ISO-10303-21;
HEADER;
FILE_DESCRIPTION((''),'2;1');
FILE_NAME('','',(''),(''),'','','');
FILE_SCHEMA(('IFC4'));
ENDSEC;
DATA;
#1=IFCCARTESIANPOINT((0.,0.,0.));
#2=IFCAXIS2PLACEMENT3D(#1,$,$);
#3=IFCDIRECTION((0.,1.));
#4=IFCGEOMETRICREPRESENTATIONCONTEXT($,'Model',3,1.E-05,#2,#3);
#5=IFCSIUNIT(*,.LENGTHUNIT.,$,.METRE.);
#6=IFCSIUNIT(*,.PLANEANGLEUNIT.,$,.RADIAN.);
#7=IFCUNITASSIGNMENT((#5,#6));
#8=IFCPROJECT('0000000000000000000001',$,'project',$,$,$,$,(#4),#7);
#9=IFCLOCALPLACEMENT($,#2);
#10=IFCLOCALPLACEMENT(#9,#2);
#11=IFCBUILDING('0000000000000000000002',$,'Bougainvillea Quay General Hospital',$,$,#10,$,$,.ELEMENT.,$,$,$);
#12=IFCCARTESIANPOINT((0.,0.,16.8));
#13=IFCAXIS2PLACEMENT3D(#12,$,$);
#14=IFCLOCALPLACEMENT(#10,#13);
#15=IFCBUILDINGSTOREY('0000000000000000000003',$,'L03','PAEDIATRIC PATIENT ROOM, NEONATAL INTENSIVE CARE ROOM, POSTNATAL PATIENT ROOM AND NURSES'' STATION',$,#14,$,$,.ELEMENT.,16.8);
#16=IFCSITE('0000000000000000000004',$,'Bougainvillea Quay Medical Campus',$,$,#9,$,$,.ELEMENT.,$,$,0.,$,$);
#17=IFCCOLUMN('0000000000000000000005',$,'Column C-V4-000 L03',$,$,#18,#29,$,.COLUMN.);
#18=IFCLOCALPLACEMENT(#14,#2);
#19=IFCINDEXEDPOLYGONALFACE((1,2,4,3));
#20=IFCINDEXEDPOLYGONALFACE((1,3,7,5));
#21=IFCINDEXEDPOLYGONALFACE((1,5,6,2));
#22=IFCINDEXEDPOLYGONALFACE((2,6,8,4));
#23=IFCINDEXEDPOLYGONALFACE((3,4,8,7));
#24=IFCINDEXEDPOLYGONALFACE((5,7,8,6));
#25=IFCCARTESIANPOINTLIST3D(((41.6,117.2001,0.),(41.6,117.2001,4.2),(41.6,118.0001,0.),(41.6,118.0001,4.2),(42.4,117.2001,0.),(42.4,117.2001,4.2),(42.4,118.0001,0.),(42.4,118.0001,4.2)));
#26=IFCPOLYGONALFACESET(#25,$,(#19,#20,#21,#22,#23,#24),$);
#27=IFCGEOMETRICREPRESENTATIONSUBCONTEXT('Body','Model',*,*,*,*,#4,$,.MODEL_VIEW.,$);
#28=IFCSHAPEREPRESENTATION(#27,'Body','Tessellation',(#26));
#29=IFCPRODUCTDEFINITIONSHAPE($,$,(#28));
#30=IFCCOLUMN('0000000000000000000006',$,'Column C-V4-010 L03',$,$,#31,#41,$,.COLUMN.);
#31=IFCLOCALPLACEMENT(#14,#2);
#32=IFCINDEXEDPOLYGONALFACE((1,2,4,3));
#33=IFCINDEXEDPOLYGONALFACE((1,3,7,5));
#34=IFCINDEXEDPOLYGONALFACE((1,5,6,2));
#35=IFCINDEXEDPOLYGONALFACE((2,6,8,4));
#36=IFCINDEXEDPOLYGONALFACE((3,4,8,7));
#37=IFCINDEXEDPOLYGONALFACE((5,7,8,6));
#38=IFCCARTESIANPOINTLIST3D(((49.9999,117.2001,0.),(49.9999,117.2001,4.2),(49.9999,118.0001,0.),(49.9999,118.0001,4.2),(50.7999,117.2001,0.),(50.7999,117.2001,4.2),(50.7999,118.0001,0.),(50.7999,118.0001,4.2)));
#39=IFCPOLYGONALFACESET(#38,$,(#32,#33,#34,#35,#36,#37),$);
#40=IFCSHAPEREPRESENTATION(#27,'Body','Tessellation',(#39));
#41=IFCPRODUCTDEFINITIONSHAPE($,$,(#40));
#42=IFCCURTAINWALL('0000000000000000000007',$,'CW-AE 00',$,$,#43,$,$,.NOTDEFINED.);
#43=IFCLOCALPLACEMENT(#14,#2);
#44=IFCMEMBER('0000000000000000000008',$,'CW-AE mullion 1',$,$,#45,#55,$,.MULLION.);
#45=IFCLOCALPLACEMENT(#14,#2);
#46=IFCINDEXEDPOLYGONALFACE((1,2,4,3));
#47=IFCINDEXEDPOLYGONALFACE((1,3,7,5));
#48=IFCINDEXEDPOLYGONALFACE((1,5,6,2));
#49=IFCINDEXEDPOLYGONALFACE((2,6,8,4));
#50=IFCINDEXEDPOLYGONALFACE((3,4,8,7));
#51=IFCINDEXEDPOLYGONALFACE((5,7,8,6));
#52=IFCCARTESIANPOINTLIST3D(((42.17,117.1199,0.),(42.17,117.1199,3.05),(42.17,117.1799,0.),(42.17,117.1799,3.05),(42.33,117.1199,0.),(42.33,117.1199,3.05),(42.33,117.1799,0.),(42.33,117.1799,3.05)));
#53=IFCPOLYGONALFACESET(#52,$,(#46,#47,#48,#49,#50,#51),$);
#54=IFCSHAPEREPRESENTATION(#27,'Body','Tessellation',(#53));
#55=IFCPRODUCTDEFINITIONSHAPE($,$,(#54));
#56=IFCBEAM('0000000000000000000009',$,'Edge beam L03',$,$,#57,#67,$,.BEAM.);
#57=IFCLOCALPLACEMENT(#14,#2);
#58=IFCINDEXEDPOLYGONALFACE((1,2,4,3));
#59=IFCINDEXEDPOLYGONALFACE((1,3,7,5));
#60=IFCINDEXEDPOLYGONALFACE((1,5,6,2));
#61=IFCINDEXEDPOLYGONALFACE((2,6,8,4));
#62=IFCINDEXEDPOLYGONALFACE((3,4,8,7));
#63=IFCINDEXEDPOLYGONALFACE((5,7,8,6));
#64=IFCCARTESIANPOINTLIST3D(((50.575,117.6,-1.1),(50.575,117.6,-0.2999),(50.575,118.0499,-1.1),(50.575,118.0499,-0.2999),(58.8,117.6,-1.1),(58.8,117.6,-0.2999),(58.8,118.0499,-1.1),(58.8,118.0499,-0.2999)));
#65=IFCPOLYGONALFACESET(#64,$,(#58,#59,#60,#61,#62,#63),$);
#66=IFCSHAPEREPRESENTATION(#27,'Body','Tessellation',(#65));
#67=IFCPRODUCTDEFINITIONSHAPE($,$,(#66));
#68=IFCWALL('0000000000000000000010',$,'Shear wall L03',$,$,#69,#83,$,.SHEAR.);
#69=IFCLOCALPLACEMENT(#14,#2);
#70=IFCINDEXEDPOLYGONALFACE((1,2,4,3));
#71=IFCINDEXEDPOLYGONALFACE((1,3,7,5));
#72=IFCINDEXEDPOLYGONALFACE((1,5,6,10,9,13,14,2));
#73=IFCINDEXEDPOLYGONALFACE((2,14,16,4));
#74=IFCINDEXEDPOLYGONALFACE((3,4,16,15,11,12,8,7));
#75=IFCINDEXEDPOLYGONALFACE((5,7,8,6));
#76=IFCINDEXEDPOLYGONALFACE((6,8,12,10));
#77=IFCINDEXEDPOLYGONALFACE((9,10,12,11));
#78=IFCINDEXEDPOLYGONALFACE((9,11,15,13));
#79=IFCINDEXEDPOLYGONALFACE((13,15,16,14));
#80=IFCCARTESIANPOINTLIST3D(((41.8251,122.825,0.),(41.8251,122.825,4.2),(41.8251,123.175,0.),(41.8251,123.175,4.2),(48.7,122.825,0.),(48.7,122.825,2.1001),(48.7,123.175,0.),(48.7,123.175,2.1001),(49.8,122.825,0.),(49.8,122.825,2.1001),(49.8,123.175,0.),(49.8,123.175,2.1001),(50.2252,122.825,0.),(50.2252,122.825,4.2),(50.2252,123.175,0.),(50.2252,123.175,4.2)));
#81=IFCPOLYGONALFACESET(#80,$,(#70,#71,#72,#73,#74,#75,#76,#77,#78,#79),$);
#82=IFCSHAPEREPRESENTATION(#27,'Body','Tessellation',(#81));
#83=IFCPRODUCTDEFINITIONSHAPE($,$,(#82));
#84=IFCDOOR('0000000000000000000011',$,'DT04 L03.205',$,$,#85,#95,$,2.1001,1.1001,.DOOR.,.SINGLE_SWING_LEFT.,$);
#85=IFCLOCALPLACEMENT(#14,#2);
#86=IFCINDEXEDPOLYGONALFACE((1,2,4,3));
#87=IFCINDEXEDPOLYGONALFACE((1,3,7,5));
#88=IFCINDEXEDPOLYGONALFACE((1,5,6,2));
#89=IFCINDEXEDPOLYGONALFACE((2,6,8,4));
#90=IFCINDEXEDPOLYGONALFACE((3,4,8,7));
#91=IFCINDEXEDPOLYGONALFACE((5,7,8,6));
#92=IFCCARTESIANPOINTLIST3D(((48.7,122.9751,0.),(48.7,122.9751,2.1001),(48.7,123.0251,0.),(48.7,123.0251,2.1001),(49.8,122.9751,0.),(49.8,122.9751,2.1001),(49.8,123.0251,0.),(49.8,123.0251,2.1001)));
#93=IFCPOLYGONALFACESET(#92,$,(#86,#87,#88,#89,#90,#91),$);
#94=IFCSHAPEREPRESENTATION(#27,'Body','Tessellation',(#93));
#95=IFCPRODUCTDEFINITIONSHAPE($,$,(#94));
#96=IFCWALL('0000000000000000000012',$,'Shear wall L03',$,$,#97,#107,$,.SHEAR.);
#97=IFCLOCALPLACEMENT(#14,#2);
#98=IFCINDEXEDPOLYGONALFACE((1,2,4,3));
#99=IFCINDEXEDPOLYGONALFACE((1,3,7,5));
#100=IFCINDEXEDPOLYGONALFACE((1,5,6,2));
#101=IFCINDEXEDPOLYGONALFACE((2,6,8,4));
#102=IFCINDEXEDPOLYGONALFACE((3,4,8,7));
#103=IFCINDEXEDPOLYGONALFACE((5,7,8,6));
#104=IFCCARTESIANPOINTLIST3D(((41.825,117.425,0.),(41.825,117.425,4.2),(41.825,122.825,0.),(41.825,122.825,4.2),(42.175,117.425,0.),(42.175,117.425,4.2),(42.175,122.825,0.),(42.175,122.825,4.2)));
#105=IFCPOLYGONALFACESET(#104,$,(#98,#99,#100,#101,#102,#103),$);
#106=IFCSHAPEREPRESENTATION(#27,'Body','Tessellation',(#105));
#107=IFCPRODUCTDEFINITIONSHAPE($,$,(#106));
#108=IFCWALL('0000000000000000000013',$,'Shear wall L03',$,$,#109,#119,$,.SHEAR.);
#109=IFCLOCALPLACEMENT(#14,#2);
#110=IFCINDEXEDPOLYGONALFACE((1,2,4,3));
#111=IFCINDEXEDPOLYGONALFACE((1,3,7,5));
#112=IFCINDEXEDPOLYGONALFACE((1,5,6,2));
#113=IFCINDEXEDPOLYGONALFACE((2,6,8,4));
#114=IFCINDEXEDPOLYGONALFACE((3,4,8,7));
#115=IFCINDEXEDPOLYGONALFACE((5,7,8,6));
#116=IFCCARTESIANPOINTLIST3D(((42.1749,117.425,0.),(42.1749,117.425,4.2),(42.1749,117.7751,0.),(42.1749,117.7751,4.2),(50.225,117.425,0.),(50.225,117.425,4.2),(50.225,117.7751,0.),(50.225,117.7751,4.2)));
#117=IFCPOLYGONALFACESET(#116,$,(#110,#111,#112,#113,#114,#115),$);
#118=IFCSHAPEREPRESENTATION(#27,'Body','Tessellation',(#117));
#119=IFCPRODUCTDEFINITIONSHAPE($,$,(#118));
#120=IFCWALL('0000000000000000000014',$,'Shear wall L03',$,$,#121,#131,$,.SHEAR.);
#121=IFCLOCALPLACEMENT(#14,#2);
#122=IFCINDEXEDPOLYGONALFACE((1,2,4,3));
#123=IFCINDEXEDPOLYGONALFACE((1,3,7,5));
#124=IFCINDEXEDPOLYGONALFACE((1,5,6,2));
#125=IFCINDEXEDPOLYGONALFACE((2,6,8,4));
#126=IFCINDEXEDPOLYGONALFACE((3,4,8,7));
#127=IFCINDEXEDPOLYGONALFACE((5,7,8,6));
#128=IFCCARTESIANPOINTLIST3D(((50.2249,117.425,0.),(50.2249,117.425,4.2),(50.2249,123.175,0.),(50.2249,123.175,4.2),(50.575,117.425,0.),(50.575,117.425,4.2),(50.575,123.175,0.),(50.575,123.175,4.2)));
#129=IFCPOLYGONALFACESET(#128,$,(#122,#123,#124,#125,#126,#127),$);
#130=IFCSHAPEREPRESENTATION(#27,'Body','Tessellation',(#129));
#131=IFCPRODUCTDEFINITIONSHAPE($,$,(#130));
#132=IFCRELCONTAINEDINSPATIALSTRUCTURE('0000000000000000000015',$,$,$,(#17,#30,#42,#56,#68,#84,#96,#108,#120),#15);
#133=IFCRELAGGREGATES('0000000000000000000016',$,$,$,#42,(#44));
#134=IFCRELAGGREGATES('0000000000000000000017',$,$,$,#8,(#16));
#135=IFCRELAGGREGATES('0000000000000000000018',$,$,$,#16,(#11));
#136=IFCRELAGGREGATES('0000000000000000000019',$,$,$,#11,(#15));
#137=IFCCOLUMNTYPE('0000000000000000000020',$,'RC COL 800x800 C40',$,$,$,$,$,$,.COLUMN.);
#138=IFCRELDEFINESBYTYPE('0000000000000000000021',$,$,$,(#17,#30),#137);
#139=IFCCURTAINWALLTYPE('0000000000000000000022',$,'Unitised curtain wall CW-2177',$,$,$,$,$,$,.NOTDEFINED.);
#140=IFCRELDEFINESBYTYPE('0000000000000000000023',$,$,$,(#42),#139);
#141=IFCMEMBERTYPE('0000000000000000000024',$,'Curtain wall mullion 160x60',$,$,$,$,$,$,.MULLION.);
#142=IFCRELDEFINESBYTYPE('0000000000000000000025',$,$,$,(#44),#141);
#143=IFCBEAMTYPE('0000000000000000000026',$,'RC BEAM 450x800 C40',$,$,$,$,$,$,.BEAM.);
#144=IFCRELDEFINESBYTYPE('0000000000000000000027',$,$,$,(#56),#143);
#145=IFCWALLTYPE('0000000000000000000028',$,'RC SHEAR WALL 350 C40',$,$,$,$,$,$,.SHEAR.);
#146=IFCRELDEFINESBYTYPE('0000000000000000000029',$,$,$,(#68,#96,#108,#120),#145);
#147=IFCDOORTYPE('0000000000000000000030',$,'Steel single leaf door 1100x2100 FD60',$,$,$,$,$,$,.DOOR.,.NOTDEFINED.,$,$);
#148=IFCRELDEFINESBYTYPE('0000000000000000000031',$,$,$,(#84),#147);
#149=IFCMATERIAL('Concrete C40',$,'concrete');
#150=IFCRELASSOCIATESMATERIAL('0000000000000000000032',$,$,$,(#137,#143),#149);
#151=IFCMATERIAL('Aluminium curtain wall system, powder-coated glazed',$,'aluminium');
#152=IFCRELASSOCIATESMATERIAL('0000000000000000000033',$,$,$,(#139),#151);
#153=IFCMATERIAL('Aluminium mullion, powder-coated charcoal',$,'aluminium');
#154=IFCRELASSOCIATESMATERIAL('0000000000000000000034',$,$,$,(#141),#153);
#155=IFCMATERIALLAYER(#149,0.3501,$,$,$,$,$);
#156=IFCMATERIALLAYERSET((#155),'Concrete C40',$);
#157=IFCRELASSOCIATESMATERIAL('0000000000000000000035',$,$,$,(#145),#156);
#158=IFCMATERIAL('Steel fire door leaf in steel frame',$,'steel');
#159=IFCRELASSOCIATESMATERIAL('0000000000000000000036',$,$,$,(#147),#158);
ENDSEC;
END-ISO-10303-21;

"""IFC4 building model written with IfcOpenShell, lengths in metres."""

from ifc_helpers import new_model, si_unit, direction, frame, frame_2d, origin, origin_2d, place, context, subcontext, project, spatial, rectangle, extrude, material, layer, layer_set, material_profile, profile_set, type_object, element, fill, aggregate, save


model = new_model("IFC4")

# Units and contexts
model_context = context("Model", 3, precision=1e-05, world=origin(), true_north=direction((0.0, 1.0)))
body_context = subcontext(model_context, "Body", "Model", "MODEL_VIEW")
ifc_project = project(units=[si_unit("LENGTHUNIT", "METRE"), si_unit("PLANEANGLEUNIT", "RADIAN")], contexts=[model_context])

# Site, building, storey
site_placement = place(None, origin())
site = spatial("IfcSite", under=ifc_project, at=site_placement, Name="Bougainvillea Quay Medical Campus", CompositionType="ELEMENT", RefElevation=0.0)
building_placement = place(site_placement, origin())
building = spatial("IfcBuilding", under=site, at=building_placement, Name="Bougainvillea Quay General Hospital", CompositionType="ELEMENT")
storey_placement = place(building_placement, frame((0.0, 0.0, 16.8)))
storey = spatial("IfcBuildingStorey", under=building, at=storey_placement, Name="L03", Description="PAEDIATRIC PATIENT ROOM, NEONATAL INTENSIVE CARE ROOM, POSTNATAL PATIENT ROOM AND NURSES' STATION", CompositionType="ELEMENT", Elevation=16.8)

# Columns
ifc_material_1 = material(Name="Concrete C40", Category="concrete")
ifc_material_profile_1 = material_profile(ifc_material_1, rectangle(XDim=0.8, YDim=0.8, at=origin_2d()))
ifc_profile_set_1 = profile_set([ifc_material_profile_1], Name="Concrete C40")
column_type = type_object("IfcColumnType", Name="RC COL 800x800 C40", PredefinedType="COLUMN", material=ifc_profile_set_1)
for number, where, z_axis, x_axis, name in (
    (1, (42.0, 117.6001, 0.0), (0.0, 0.0, 1.0), (1.0, 0.0, 0.0), "Column C-V4-000 L03"),
    (2, (50.3999, 117.6001, 0.0), (0.0, 0.0, 1.0), (1.0, 0.0, 0.0), "Column C-V4-010 L03"),
):
    element("IfcColumn", number, at=place(storey_placement, frame(where, z_axis=z_axis, x_axis=x_axis)), inside=storey, type_object=column_type, Name=name, PredefinedType="COLUMN", context=body_context, shape_type="SweptSolid", body=[
        extrude(rectangle(XDim=0.8, YDim=0.8, at=origin_2d()), origin(), (0.0, 0.0, 1.0), 4.2),
    ])

# Curtain wall, member
ifc_material_2 = material(Name="Aluminium curtain wall system, powder-coated glazed", Category="aluminium")
curtain_wall_type = type_object("IfcCurtainWallType", Name="Unitised curtain wall CW-2177", PredefinedType="NOTDEFINED", material=ifc_material_2)
curtain_wall_placement = place(storey_placement, origin())
curtain_wall = element("IfcCurtainWall", 3, at=curtain_wall_placement, inside=storey, type_object=curtain_wall_type, Name="CW-AE 00", PredefinedType="NOTDEFINED")
ifc_material_3 = material(Name="Aluminium mullion, powder-coated charcoal", Category="aluminium")
ifc_material_profile_2 = material_profile(ifc_material_3, rectangle(XDim=0.1599, YDim=0.0601, at=origin_2d()))
ifc_profile_set_2 = profile_set([ifc_material_profile_2], Name="Aluminium mullion, powder-coated charcoal")
member_type = type_object("IfcMemberType", Name="Curtain wall mullion 160x60", PredefinedType="MULLION", material=ifc_profile_set_2)
member_placement = place(storey_placement, frame((42.25, 117.1499, 0.0), z_axis=(0.0, 0.0, 1.0), x_axis=(1.0, 0.0, 0.0)))
member = element("IfcMember", 4, at=member_placement, type_object=member_type, Name="CW-AE mullion 1", PredefinedType="MULLION", context=body_context, shape_type="SweptSolid", body=[
    extrude(rectangle(XDim=0.1599, YDim=0.0601, at=origin_2d()), origin(), (0.0, 0.0, 1.0), 3.05),
])
aggregate(curtain_wall, [member])

# Beam
ifc_material_profile_3 = material_profile(ifc_material_1, rectangle(XDim=0.45, YDim=0.8, at=origin_2d()))
ifc_profile_set_3 = profile_set([ifc_material_profile_3], Name="Concrete C40")
beam_type = type_object("IfcBeamType", Name="RC BEAM 450x800 C40", PredefinedType="BEAM", material=ifc_profile_set_3)
beam_placement = place(storey_placement, frame((50.575, 117.825, -0.7), z_axis=(1.0, 0.0, 0.0), x_axis=(0.0, 1.0, 0.0)))
element("IfcBeam", 5, at=beam_placement, inside=storey, type_object=beam_type, Name="Edge beam L03", PredefinedType="BEAM", context=body_context, shape_type="SweptSolid", body=[
    extrude(rectangle(XDim=0.45, YDim=0.8, at=origin_2d()), origin(), (0.0, 0.0, 1.0), 8.2251),
])

# Wall, opening, door
ifc_layer_1 = layer(ifc_material_1, 0.3501)
ifc_layer_set_1 = layer_set([ifc_layer_1], Name="Concrete C40")
wall_type = type_object("IfcWallType", Name="RC SHEAR WALL 350 C40", PredefinedType="SHEAR", material=ifc_layer_set_1)
wall_1_placement = place(storey_placement, frame((41.825, 123.0, 0.0), z_axis=(0.0, 0.0, 1.0), x_axis=(1.0, 0.0, 0.0)))
wall_1 = element("IfcWall", 6, at=wall_1_placement, inside=storey, type_object=wall_type, Name="Shear wall L03", PredefinedType="SHEAR", context=body_context, shape_type="SweptSolid", body=[
    extrude(rectangle(XDim=8.4001, YDim=0.3501, at=frame_2d((4.2002, 0.0))), origin(), (0.0, 0.0, 1.0), 4.2),
])
opening_placement = place(wall_1_placement, frame((6.875, 0.0, 0.0)))
opening = element("IfcOpeningElement", 7, at=opening_placement, cuts=wall_1, PredefinedType="OPENING", context=body_context, shape_type="SweptSolid", body=[
    extrude(rectangle(XDim=1.1001, YDim=2.1001, at=frame_2d((0.55, 1.05))), frame((0.0, 0.1851, 0.0), z_axis=(0.0, -1.0, 0.0), x_axis=(1.0, 0.0, 0.0)), (0.0, 0.0, 1.0), 0.3701),
])
ifc_material_4 = material(Name="Steel fire door leaf in steel frame", Category="steel")
door_type = type_object("IfcDoorType", Name="Steel single leaf door 1100x2100 FD60", OperationType="NOTDEFINED", PredefinedType="DOOR", material=ifc_material_4)
door_placement = place(opening_placement, frame((1.1001, 0.0, 0.0), z_axis=(0.0, 0.0, 1.0), x_axis=(-1.0, 0.0, 0.0)))
door = element("IfcDoor", 8, at=door_placement, inside=storey, type_object=door_type, Name="DT04 L03.205", OperationType="SINGLE_SWING_LEFT", OverallHeight=2.1001, OverallWidth=1.1001, PredefinedType="DOOR", context=body_context, shape_type="SweptSolid", body=[
    extrude(rectangle(XDim=1.1001, YDim=2.1001, at=frame_2d((0.55, 1.05))), frame((0.0, 0.0249, 0.0), z_axis=(0.0, -1.0, 0.0), x_axis=(1.0, 0.0, 0.0)), (0.0, 0.0, 1.0), 0.05),
])
fill(opening, door)

# Walls
wall_2_placement = place(storey_placement, frame((42.0, 117.425, 0.0), z_axis=(0.0, 0.0, 1.0), x_axis=(0.0, 1.0, 0.0)))
element("IfcWall", 9, at=wall_2_placement, inside=storey, type_object=wall_type, Name="Shear wall L03", PredefinedType="SHEAR", context=body_context, shape_type="SweptSolid", body=[
    extrude(rectangle(XDim=5.3999, YDim=0.3501, at=frame_2d((2.7, 0.0))), origin(), (0.0, 0.0, 1.0), 4.2),
])
wall_3_placement = place(storey_placement, frame((42.175, 117.6001, 0.0), z_axis=(0.0, 0.0, 1.0), x_axis=(1.0, 0.0, 0.0)))
element("IfcWall", 10, at=wall_3_placement, inside=storey, type_object=wall_type, Name="Shear wall L03", PredefinedType="SHEAR", context=body_context, shape_type="SweptSolid", body=[
    extrude(rectangle(XDim=8.05, YDim=0.3501, at=frame_2d((4.0249, 0.0))), origin(), (0.0, 0.0, 1.0), 4.2),
])
wall_4_placement = place(storey_placement, frame((50.3999, 117.425, 0.0), z_axis=(0.0, 0.0, 1.0), x_axis=(0.0, 1.0, 0.0)))
element("IfcWall", 11, at=wall_4_placement, inside=storey, type_object=wall_type, Name="Shear wall L03", PredefinedType="SHEAR", context=body_context, shape_type="SweptSolid", body=[
    extrude(rectangle(XDim=5.75, YDim=0.3501, at=frame_2d((2.875, 0.0))), origin(), (0.0, 0.0, 1.0), 4.2),
])

save(model, "model.ifc")
